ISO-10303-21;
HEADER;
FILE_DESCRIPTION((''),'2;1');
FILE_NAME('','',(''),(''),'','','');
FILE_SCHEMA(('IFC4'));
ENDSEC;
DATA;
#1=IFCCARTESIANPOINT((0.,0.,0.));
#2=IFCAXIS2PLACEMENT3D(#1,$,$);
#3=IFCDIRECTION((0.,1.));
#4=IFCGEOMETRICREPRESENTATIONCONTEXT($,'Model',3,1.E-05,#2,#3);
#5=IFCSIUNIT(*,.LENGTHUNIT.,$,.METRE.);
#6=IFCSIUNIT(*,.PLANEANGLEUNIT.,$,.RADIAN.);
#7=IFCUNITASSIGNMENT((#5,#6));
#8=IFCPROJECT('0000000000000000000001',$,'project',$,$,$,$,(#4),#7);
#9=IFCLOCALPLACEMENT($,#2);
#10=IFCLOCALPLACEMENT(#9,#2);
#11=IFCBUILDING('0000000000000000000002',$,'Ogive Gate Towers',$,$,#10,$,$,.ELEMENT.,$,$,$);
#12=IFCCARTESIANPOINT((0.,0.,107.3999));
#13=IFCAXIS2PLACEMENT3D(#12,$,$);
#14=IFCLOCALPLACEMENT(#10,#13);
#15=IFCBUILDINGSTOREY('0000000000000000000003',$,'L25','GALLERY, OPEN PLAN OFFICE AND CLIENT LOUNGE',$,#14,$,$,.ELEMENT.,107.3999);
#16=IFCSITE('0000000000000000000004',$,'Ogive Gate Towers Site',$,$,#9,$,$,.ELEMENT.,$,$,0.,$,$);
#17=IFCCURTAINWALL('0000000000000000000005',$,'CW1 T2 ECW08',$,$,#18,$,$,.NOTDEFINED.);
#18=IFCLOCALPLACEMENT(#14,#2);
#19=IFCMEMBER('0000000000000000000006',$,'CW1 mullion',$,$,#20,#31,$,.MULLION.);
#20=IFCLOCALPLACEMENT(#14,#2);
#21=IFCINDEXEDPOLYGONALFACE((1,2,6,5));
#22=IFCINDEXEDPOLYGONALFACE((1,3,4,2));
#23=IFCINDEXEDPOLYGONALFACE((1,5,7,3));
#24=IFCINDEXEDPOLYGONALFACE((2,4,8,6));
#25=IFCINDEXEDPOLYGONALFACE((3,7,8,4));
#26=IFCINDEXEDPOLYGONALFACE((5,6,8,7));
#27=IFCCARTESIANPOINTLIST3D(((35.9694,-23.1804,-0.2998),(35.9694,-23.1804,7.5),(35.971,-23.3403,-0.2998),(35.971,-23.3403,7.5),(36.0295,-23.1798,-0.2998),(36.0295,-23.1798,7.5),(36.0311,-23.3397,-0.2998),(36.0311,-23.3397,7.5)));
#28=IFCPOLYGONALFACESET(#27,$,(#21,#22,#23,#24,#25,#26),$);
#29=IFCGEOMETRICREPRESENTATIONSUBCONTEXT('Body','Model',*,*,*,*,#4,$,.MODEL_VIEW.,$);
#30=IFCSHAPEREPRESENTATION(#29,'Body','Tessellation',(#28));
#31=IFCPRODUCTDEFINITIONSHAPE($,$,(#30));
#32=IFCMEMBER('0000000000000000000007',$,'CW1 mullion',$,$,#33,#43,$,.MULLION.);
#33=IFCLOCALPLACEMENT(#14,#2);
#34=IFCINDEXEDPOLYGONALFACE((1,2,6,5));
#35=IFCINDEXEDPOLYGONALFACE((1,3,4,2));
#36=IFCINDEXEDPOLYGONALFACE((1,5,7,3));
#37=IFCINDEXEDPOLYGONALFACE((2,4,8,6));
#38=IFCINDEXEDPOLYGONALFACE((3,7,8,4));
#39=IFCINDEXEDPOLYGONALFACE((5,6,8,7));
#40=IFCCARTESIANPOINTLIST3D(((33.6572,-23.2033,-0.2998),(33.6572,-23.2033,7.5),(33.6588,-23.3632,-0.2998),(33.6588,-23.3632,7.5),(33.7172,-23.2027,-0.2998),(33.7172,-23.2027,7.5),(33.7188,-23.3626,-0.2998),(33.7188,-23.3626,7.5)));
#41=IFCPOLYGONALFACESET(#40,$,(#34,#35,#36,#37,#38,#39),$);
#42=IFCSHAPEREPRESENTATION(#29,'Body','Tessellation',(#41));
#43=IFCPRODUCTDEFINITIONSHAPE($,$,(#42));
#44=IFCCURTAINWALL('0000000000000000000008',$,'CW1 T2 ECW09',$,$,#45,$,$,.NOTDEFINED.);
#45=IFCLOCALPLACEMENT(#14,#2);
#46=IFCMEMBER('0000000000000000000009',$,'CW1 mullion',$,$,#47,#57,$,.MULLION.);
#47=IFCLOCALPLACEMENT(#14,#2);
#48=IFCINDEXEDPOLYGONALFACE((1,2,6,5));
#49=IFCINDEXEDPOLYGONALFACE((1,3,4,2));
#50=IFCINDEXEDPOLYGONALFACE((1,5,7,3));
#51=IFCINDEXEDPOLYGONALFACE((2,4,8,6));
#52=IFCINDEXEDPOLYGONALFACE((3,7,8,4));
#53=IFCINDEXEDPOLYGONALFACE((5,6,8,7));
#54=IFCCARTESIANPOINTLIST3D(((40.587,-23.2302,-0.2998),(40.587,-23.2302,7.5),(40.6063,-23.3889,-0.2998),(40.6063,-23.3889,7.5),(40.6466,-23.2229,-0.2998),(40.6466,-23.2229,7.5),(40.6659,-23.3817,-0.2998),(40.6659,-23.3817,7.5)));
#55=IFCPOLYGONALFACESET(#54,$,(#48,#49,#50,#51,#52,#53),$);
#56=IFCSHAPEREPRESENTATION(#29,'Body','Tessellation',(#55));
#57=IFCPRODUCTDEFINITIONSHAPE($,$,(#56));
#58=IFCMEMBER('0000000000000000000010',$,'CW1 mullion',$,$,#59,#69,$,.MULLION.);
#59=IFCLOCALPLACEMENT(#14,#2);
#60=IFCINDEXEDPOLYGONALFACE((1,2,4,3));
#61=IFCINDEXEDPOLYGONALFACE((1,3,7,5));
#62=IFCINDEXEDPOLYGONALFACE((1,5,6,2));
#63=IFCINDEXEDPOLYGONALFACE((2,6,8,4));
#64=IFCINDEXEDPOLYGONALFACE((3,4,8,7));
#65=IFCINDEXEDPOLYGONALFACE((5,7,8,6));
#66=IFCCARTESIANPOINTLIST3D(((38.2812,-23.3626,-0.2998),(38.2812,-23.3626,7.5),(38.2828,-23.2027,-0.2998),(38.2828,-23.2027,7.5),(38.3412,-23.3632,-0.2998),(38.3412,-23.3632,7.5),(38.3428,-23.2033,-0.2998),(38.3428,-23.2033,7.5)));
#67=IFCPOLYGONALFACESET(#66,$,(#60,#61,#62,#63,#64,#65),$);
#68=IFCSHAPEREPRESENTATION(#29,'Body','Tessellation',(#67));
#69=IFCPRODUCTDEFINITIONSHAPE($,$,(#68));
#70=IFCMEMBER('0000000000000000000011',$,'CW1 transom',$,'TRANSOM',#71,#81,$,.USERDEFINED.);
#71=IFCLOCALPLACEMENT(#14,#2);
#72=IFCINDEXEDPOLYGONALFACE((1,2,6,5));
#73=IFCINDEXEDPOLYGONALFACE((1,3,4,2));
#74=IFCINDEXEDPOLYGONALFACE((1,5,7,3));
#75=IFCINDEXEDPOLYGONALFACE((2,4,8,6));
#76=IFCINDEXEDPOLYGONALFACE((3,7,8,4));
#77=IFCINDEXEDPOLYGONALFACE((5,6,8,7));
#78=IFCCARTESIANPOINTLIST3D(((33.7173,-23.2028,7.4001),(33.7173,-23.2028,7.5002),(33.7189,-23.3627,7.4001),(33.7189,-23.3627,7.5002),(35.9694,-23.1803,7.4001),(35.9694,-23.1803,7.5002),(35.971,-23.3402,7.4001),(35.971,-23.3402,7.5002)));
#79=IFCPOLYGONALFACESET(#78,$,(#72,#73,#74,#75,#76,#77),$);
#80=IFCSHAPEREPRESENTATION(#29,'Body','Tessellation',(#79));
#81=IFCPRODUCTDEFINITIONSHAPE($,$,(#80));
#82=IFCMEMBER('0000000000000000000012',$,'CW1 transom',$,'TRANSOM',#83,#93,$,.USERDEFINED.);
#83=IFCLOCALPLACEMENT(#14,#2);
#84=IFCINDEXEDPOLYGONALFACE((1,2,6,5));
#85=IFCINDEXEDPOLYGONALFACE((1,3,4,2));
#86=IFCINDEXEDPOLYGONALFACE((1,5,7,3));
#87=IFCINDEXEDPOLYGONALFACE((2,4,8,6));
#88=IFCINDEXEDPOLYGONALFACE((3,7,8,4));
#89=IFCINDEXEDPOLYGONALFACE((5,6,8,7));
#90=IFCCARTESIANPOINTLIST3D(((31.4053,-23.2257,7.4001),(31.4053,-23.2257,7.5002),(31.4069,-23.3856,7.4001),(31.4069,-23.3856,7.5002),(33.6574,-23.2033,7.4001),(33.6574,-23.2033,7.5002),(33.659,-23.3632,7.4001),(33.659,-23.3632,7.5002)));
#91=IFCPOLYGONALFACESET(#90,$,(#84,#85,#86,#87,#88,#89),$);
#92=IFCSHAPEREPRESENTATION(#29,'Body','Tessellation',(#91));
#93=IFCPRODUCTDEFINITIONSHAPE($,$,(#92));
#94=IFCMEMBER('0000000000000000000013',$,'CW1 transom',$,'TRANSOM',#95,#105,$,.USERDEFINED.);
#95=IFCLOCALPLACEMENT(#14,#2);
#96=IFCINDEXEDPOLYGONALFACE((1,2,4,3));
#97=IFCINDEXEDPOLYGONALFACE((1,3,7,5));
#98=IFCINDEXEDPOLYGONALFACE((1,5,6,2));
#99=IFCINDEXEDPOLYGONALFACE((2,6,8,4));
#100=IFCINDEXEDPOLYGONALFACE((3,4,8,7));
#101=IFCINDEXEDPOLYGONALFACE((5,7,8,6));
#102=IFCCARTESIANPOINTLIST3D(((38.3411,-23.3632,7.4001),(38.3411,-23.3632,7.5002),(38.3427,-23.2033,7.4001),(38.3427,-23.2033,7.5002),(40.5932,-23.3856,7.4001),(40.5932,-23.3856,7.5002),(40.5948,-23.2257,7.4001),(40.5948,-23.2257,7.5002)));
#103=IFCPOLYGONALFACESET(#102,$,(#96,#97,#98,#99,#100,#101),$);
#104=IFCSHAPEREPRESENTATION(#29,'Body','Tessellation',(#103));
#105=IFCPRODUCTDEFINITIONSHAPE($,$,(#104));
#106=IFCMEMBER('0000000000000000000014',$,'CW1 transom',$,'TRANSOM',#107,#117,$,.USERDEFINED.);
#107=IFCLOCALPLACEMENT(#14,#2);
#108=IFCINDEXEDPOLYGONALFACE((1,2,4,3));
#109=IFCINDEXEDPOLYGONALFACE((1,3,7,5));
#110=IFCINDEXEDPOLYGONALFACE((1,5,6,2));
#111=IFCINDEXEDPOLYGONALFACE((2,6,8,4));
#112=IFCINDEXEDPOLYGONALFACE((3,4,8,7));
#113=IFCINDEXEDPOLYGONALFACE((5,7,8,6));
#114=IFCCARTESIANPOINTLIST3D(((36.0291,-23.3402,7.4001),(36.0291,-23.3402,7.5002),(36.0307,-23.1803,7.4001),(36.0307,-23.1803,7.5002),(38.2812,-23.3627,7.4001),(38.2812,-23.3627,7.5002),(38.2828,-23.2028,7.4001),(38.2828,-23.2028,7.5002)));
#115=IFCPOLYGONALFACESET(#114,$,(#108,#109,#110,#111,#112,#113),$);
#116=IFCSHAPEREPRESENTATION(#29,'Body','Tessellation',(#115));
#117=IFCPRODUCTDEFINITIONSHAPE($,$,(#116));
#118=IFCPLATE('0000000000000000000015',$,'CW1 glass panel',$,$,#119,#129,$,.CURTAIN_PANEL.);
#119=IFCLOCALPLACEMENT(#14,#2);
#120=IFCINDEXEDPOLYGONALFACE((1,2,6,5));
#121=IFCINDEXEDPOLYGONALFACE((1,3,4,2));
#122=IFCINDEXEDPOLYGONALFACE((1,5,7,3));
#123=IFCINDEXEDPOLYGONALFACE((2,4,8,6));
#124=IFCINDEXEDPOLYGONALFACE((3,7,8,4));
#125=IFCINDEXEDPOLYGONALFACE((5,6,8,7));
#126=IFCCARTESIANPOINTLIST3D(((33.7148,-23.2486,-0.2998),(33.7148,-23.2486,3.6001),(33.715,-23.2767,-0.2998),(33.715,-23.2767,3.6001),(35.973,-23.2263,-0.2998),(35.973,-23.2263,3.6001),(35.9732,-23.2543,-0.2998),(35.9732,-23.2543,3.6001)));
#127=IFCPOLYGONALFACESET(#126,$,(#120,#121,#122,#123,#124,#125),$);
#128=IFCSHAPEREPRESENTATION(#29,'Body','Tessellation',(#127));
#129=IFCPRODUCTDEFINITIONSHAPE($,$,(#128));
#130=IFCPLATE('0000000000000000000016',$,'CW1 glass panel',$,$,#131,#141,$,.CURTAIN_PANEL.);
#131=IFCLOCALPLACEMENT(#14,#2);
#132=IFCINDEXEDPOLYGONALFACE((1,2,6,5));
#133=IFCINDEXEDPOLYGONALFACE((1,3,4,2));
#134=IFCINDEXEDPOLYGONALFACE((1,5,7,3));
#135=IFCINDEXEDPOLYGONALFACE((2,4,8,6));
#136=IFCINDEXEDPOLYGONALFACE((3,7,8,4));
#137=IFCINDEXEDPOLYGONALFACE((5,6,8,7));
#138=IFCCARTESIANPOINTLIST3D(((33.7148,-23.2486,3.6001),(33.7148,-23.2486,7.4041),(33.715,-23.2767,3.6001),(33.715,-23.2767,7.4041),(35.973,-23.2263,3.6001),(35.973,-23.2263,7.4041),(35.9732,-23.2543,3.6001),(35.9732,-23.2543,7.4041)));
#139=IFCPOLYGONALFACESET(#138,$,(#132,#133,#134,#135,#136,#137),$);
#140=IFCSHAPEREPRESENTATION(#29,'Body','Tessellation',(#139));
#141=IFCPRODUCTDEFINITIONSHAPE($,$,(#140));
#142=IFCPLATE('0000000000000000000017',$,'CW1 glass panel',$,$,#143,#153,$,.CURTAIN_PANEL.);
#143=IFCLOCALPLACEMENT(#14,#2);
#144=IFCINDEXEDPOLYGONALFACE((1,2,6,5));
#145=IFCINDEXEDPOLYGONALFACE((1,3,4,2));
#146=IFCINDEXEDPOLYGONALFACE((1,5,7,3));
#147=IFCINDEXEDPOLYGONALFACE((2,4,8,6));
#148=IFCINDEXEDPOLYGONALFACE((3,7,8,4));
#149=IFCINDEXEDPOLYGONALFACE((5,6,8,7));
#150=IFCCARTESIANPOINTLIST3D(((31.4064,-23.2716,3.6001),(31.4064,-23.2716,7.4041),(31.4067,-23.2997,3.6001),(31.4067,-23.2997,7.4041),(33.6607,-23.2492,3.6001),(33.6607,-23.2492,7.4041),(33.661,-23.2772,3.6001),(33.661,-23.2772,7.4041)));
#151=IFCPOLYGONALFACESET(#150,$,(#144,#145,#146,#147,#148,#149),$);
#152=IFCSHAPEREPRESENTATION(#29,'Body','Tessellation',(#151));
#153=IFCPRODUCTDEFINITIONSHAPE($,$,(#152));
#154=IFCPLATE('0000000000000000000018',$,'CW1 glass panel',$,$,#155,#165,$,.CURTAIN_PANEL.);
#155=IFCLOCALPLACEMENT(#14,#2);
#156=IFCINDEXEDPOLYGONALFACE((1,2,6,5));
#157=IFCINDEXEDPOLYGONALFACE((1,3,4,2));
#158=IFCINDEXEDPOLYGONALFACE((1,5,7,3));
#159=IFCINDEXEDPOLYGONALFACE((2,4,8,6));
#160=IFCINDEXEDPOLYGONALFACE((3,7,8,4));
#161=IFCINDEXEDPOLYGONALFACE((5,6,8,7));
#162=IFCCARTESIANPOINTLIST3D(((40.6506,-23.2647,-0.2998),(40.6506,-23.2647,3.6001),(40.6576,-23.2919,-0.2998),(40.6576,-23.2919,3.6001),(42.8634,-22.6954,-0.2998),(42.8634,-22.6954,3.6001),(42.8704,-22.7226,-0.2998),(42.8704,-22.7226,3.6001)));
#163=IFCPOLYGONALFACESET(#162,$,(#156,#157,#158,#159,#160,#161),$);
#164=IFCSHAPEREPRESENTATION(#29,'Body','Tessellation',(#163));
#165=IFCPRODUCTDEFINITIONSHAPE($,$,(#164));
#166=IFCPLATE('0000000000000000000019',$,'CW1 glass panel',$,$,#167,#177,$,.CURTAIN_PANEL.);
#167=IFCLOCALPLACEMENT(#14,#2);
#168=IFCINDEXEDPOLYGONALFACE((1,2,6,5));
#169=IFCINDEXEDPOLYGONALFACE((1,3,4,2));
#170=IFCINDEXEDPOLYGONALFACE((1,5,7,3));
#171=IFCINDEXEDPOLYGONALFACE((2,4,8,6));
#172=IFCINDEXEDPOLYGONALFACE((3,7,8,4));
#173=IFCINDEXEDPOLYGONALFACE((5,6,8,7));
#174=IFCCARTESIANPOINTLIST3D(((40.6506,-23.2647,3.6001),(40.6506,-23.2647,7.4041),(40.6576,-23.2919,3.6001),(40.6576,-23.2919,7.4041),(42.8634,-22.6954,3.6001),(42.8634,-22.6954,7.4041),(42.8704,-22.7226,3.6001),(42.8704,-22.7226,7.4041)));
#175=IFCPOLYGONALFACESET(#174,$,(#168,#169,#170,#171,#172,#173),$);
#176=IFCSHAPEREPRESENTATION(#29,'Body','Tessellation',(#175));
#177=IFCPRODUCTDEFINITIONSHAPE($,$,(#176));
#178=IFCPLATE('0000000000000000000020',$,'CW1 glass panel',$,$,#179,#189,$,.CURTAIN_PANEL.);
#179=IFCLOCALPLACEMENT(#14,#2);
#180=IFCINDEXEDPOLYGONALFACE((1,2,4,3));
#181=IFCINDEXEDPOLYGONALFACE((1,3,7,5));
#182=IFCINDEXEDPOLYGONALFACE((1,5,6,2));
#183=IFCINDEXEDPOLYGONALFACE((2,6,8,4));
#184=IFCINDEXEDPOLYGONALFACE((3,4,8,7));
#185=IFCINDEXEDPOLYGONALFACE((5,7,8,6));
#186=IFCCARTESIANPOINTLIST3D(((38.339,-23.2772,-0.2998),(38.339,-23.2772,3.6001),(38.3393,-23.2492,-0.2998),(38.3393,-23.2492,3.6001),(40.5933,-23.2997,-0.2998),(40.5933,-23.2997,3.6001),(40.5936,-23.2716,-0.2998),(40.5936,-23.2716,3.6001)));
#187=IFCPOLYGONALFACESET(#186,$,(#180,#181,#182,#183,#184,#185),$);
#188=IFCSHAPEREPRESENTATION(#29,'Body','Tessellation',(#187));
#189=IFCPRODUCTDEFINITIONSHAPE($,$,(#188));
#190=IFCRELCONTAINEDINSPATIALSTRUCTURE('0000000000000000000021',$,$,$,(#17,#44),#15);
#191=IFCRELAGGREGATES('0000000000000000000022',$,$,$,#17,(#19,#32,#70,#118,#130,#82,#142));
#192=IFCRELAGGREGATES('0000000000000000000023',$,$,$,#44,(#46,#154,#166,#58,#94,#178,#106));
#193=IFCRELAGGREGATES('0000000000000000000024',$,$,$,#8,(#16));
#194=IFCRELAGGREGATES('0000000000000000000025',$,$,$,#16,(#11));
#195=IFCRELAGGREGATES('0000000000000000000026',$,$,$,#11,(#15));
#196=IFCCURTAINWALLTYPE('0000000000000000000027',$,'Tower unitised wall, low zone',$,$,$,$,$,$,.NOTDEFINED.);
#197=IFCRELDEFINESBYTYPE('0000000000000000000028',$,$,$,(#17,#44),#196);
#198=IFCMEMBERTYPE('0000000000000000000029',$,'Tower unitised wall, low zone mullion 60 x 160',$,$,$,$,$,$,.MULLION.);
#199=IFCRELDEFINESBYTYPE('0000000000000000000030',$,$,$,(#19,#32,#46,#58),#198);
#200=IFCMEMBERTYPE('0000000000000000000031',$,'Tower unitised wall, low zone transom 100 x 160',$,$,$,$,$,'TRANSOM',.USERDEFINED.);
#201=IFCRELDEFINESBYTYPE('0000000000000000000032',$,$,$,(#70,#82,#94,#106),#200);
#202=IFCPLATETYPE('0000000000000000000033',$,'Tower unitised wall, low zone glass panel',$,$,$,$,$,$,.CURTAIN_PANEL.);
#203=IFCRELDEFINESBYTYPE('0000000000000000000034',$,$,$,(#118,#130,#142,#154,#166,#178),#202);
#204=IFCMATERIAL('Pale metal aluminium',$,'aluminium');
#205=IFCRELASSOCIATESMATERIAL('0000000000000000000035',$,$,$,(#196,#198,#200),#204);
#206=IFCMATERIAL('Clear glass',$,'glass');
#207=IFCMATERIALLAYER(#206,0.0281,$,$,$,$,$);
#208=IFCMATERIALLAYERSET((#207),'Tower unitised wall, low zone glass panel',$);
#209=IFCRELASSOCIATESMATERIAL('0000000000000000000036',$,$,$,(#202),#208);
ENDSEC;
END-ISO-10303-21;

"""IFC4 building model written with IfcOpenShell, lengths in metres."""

from ifc_helpers import new_model, si_unit, direction, frame, origin, origin_2d, place, context, subcontext, project, spatial, rectangle, extrude, material, layer, layer_set, material_profile, profile_set, type_object, element, aggregate, save


model = new_model("IFC4")

# Units and contexts
model_context = context("Model", 3, precision=1e-05, world=origin(), true_north=direction((0.0, 1.0)))
body_context = subcontext(model_context, "Body", "Model", "MODEL_VIEW")
ifc_project = project(units=[si_unit("LENGTHUNIT", "METRE"), si_unit("PLANEANGLEUNIT", "RADIAN")], contexts=[model_context])

# Site, building, storey
site_placement = place(None, origin())
site = spatial("IfcSite", under=ifc_project, at=site_placement, Name="Ogive Gate Towers Site", CompositionType="ELEMENT", RefElevation=0.0)
building_placement = place(site_placement, origin())
building = spatial("IfcBuilding", under=site, at=building_placement, Name="Ogive Gate Towers", CompositionType="ELEMENT")
storey_placement = place(building_placement, frame((0.0, 0.0, 107.3999)))
storey = spatial("IfcBuildingStorey", under=building, at=storey_placement, Name="L25", Description="GALLERY, OPEN PLAN OFFICE AND CLIENT LOUNGE", CompositionType="ELEMENT", Elevation=107.3999)

# Curtain walls, members
ifc_material_1 = material(Name="Pale metal aluminium", Category="aluminium")
curtain_wall_type = type_object("IfcCurtainWallType", Name="Tower unitised wall, low zone", PredefinedType="NOTDEFINED", material=ifc_material_1)
curtain_wall_1_placement = place(storey_placement, origin())
curtain_wall_1 = element("IfcCurtainWall", 1, at=curtain_wall_1_placement, inside=storey, type_object=curtain_wall_type, Name="CW1 T2 ECW08", PredefinedType="NOTDEFINED")
ifc_material_profile_1 = material_profile(ifc_material_1, rectangle(XDim=0.1599, YDim=0.0601, at=origin_2d()), Name="60 x 160 aluminium box")
ifc_profile_set_1 = profile_set([ifc_material_profile_1], Name="Pale metal aluminium")
member_type_1 = type_object("IfcMemberType", Name="Tower unitised wall, low zone mullion 60 x 160", PredefinedType="MULLION", material=ifc_profile_set_1)
member_1_placement = place(storey_placement, frame((36.0002, -23.26, -0.2998), z_axis=(0.0, 0.0, 1.0), x_axis=(-0.009896, 0.999951, 0.0)))
member_1 = element("IfcMember", 2, at=member_1_placement, type_object=member_type_1, Name="CW1 mullion", PredefinedType="MULLION", context=body_context, shape_type="SweptSolid", body=[
    extrude(rectangle(XDim=0.1599, YDim=0.0601, at=origin_2d()), origin(), (0.0, 0.0, 1.0), 7.7998),
])
member_2_placement = place(storey_placement, frame((33.688, -23.283, -0.2998), z_axis=(0.0, 0.0, 1.0), x_axis=(-0.009931, 0.999951, 0.0)))
member_2 = element("IfcMember", 3, at=member_2_placement, type_object=member_type_1, Name="CW1 mullion", PredefinedType="MULLION", context=body_context, shape_type="SweptSolid", body=[
    extrude(rectangle(XDim=0.1599, YDim=0.0601, at=origin_2d()), origin(), (0.0, 0.0, 1.0), 7.7998),
])
curtain_wall_2_placement = place(storey_placement, origin())
curtain_wall_2 = element("IfcCurtainWall", 4, at=curtain_wall_2_placement, inside=storey, type_object=curtain_wall_type, Name="CW1 T2 ECW09", PredefinedType="NOTDEFINED")
member_3_placement = place(storey_placement, frame((40.6265, -23.3059, -0.2998), z_axis=(0.0, 0.0, 1.0), x_axis=(-0.120639, 0.992696, 0.0)))
member_3 = element("IfcMember", 5, at=member_3_placement, type_object=member_type_1, Name="CW1 mullion", PredefinedType="MULLION", context=body_context, shape_type="SweptSolid", body=[
    extrude(rectangle(XDim=0.1599, YDim=0.0601, at=origin_2d()), origin(), (0.0, 0.0, 1.0), 7.7998),
])
member_4_placement = place(storey_placement, frame((38.312, -23.283, -0.2998), z_axis=(0.0, 0.0, 1.0), x_axis=(0.009931, 0.999951, 0.0)))
member_4 = element("IfcMember", 6, at=member_4_placement, type_object=member_type_1, Name="CW1 mullion", PredefinedType="MULLION", context=body_context, shape_type="SweptSolid", body=[
    extrude(rectangle(XDim=0.1599, YDim=0.0601, at=origin_2d()), origin(), (0.0, 0.0, 1.0), 7.7998),
])

# Members
ifc_material_profile_2 = material_profile(ifc_material_1, rectangle(XDim=0.1599, YDim=0.1001, at=origin_2d()), Name="100 x 160 aluminium box")
ifc_profile_set_2 = profile_set([ifc_material_profile_2], Name="Pale metal aluminium")
member_type_2 = type_object("IfcMemberType", Name="Tower unitised wall, low zone transom 100 x 160", ElementType="TRANSOM", PredefinedType="USERDEFINED", material=ifc_profile_set_2)
member_5_placement = place(storey_placement, frame((35.9702, -23.2603, 7.4502), z_axis=(-0.99995, -0.009972, 0.0), x_axis=(0.009972, -0.99995, 0.0)))
member_5 = element("IfcMember", 7, at=member_5_placement, type_object=member_type_2, Name="CW1 transom", ObjectType="TRANSOM", PredefinedType="USERDEFINED", context=body_context, shape_type="SweptSolid", body=[
    extrude(rectangle(XDim=0.1599, YDim=0.1001, at=origin_2d()), origin(), (0.0, 0.0, 1.0), 2.2522),
])
member_6_placement = place(storey_placement, frame((33.6582, -23.2832, 7.4502), z_axis=(-0.99995, -0.009972, 0.0), x_axis=(0.009972, -0.99995, 0.0)))
member_6 = element("IfcMember", 8, at=member_6_placement, type_object=member_type_2, Name="CW1 transom", ObjectType="TRANSOM", PredefinedType="USERDEFINED", context=body_context, shape_type="SweptSolid", body=[
    extrude(rectangle(XDim=0.1599, YDim=0.1001, at=origin_2d()), origin(), (0.0, 0.0, 1.0), 2.2522),
])
member_7_placement = place(storey_placement, frame((40.594, -23.3057, 7.4502), z_axis=(-0.99995, 0.009972, 0.0), x_axis=(-0.009972, -0.99995, 0.0)))
member_7 = element("IfcMember", 9, at=member_7_placement, type_object=member_type_2, Name="CW1 transom", ObjectType="TRANSOM", PredefinedType="USERDEFINED", context=body_context, shape_type="SweptSolid", body=[
    extrude(rectangle(XDim=0.1599, YDim=0.1001, at=origin_2d()), origin(), (0.0, 0.0, 1.0), 2.2522),
])
member_8_placement = place(storey_placement, frame((38.282, -23.2827, 7.4502), z_axis=(-0.99995, 0.009972, 0.0), x_axis=(-0.009972, -0.99995, 0.0)))
member_8 = element("IfcMember", 10, at=member_8_placement, type_object=member_type_2, Name="CW1 transom", ObjectType="TRANSOM", PredefinedType="USERDEFINED", context=body_context, shape_type="SweptSolid", body=[
    extrude(rectangle(XDim=0.1599, YDim=0.1001, at=origin_2d()), origin(), (0.0, 0.0, 1.0), 2.2522),
])

# Plates
ifc_material_2 = material(Name="Clear glass", Category="glass")
ifc_layer_1 = layer(ifc_material_2, 0.0281)
ifc_layer_set_1 = layer_set([ifc_layer_1], Name="Tower unitised wall, low zone glass panel")
plate_type = type_object("IfcPlateType", Name="Tower unitised wall, low zone glass panel", PredefinedType="CURTAIN_PANEL", material=ifc_layer_set_1)
plate_1_placement = place(storey_placement, frame((34.844, -23.2515, -0.2998), z_axis=(0.0, 0.0, 1.0), x_axis=(-0.999951, -0.009896, 0.0)))
plate_1 = element("IfcPlate", 11, at=plate_1_placement, type_object=plate_type, Name="CW1 glass panel", PredefinedType="CURTAIN_PANEL", context=body_context, shape_type="SweptSolid", body=[
    extrude(rectangle(XDim=2.2583, YDim=0.0281, at=origin_2d()), origin(), (0.0, 0.0, 1.0), 3.8999),
])
plate_2_placement = place(storey_placement, frame((34.844, -23.2515, 3.6001), z_axis=(0.0, 0.0, 1.0), x_axis=(-0.999951, -0.009896, 0.0)))
plate_2 = element("IfcPlate", 12, at=plate_2_placement, type_object=plate_type, Name="CW1 glass panel", PredefinedType="CURTAIN_PANEL", context=body_context, shape_type="SweptSolid", body=[
    extrude(rectangle(XDim=2.2583, YDim=0.0281, at=origin_2d()), origin(), (0.0, 0.0, 1.0), 3.804),
])
plate_3_placement = place(storey_placement, frame((32.5337, -23.2744, 3.6001), z_axis=(0.0, 0.0, 1.0), x_axis=(-0.999951, -0.009948, 0.0)))
plate_3 = element("IfcPlate", 13, at=plate_3_placement, type_object=plate_type, Name="CW1 glass panel", PredefinedType="CURTAIN_PANEL", context=body_context, shape_type="SweptSolid", body=[
    extrude(rectangle(XDim=2.2544, YDim=0.0281, at=origin_2d()), origin(), (0.0, 0.0, 1.0), 3.804),
])
aggregate(curtain_wall_1, [member_1, member_2, member_5, plate_1, plate_2, member_6, plate_3])
plate_4_placement = place(storey_placement, frame((41.7605, -22.9937, -0.2998), z_axis=(0.0, 0.0, 1.0), x_axis=(-0.968466, -0.249146, 0.0)))
plate_4 = element("IfcPlate", 14, at=plate_4_placement, type_object=plate_type, Name="CW1 glass panel", PredefinedType="CURTAIN_PANEL", context=body_context, shape_type="SweptSolid", body=[
    extrude(rectangle(XDim=2.2849, YDim=0.0281, at=origin_2d()), origin(), (0.0, 0.0, 1.0), 3.8999),
])
plate_5_placement = place(storey_placement, frame((41.7605, -22.9937, 3.6001), z_axis=(0.0, 0.0, 1.0), x_axis=(-0.968466, -0.249146, 0.0)))
plate_5 = element("IfcPlate", 15, at=plate_5_placement, type_object=plate_type, Name="CW1 glass panel", PredefinedType="CURTAIN_PANEL", context=body_context, shape_type="SweptSolid", body=[
    extrude(rectangle(XDim=2.2849, YDim=0.0281, at=origin_2d()), origin(), (0.0, 0.0, 1.0), 3.804),
])
plate_6_placement = place(storey_placement, frame((39.4663, -23.2744, -0.2998), z_axis=(0.0, 0.0, 1.0), x_axis=(-0.999951, 0.009948, 0.0)))
plate_6 = element("IfcPlate", 16, at=plate_6_placement, type_object=plate_type, Name="CW1 glass panel", PredefinedType="CURTAIN_PANEL", context=body_context, shape_type="SweptSolid", body=[
    extrude(rectangle(XDim=2.2544, YDim=0.0281, at=origin_2d()), origin(), (0.0, 0.0, 1.0), 3.8999),
])
aggregate(curtain_wall_2, [member_3, plate_4, plate_5, member_4, member_7, plate_6, member_8])

save(model, "model.ifc")
